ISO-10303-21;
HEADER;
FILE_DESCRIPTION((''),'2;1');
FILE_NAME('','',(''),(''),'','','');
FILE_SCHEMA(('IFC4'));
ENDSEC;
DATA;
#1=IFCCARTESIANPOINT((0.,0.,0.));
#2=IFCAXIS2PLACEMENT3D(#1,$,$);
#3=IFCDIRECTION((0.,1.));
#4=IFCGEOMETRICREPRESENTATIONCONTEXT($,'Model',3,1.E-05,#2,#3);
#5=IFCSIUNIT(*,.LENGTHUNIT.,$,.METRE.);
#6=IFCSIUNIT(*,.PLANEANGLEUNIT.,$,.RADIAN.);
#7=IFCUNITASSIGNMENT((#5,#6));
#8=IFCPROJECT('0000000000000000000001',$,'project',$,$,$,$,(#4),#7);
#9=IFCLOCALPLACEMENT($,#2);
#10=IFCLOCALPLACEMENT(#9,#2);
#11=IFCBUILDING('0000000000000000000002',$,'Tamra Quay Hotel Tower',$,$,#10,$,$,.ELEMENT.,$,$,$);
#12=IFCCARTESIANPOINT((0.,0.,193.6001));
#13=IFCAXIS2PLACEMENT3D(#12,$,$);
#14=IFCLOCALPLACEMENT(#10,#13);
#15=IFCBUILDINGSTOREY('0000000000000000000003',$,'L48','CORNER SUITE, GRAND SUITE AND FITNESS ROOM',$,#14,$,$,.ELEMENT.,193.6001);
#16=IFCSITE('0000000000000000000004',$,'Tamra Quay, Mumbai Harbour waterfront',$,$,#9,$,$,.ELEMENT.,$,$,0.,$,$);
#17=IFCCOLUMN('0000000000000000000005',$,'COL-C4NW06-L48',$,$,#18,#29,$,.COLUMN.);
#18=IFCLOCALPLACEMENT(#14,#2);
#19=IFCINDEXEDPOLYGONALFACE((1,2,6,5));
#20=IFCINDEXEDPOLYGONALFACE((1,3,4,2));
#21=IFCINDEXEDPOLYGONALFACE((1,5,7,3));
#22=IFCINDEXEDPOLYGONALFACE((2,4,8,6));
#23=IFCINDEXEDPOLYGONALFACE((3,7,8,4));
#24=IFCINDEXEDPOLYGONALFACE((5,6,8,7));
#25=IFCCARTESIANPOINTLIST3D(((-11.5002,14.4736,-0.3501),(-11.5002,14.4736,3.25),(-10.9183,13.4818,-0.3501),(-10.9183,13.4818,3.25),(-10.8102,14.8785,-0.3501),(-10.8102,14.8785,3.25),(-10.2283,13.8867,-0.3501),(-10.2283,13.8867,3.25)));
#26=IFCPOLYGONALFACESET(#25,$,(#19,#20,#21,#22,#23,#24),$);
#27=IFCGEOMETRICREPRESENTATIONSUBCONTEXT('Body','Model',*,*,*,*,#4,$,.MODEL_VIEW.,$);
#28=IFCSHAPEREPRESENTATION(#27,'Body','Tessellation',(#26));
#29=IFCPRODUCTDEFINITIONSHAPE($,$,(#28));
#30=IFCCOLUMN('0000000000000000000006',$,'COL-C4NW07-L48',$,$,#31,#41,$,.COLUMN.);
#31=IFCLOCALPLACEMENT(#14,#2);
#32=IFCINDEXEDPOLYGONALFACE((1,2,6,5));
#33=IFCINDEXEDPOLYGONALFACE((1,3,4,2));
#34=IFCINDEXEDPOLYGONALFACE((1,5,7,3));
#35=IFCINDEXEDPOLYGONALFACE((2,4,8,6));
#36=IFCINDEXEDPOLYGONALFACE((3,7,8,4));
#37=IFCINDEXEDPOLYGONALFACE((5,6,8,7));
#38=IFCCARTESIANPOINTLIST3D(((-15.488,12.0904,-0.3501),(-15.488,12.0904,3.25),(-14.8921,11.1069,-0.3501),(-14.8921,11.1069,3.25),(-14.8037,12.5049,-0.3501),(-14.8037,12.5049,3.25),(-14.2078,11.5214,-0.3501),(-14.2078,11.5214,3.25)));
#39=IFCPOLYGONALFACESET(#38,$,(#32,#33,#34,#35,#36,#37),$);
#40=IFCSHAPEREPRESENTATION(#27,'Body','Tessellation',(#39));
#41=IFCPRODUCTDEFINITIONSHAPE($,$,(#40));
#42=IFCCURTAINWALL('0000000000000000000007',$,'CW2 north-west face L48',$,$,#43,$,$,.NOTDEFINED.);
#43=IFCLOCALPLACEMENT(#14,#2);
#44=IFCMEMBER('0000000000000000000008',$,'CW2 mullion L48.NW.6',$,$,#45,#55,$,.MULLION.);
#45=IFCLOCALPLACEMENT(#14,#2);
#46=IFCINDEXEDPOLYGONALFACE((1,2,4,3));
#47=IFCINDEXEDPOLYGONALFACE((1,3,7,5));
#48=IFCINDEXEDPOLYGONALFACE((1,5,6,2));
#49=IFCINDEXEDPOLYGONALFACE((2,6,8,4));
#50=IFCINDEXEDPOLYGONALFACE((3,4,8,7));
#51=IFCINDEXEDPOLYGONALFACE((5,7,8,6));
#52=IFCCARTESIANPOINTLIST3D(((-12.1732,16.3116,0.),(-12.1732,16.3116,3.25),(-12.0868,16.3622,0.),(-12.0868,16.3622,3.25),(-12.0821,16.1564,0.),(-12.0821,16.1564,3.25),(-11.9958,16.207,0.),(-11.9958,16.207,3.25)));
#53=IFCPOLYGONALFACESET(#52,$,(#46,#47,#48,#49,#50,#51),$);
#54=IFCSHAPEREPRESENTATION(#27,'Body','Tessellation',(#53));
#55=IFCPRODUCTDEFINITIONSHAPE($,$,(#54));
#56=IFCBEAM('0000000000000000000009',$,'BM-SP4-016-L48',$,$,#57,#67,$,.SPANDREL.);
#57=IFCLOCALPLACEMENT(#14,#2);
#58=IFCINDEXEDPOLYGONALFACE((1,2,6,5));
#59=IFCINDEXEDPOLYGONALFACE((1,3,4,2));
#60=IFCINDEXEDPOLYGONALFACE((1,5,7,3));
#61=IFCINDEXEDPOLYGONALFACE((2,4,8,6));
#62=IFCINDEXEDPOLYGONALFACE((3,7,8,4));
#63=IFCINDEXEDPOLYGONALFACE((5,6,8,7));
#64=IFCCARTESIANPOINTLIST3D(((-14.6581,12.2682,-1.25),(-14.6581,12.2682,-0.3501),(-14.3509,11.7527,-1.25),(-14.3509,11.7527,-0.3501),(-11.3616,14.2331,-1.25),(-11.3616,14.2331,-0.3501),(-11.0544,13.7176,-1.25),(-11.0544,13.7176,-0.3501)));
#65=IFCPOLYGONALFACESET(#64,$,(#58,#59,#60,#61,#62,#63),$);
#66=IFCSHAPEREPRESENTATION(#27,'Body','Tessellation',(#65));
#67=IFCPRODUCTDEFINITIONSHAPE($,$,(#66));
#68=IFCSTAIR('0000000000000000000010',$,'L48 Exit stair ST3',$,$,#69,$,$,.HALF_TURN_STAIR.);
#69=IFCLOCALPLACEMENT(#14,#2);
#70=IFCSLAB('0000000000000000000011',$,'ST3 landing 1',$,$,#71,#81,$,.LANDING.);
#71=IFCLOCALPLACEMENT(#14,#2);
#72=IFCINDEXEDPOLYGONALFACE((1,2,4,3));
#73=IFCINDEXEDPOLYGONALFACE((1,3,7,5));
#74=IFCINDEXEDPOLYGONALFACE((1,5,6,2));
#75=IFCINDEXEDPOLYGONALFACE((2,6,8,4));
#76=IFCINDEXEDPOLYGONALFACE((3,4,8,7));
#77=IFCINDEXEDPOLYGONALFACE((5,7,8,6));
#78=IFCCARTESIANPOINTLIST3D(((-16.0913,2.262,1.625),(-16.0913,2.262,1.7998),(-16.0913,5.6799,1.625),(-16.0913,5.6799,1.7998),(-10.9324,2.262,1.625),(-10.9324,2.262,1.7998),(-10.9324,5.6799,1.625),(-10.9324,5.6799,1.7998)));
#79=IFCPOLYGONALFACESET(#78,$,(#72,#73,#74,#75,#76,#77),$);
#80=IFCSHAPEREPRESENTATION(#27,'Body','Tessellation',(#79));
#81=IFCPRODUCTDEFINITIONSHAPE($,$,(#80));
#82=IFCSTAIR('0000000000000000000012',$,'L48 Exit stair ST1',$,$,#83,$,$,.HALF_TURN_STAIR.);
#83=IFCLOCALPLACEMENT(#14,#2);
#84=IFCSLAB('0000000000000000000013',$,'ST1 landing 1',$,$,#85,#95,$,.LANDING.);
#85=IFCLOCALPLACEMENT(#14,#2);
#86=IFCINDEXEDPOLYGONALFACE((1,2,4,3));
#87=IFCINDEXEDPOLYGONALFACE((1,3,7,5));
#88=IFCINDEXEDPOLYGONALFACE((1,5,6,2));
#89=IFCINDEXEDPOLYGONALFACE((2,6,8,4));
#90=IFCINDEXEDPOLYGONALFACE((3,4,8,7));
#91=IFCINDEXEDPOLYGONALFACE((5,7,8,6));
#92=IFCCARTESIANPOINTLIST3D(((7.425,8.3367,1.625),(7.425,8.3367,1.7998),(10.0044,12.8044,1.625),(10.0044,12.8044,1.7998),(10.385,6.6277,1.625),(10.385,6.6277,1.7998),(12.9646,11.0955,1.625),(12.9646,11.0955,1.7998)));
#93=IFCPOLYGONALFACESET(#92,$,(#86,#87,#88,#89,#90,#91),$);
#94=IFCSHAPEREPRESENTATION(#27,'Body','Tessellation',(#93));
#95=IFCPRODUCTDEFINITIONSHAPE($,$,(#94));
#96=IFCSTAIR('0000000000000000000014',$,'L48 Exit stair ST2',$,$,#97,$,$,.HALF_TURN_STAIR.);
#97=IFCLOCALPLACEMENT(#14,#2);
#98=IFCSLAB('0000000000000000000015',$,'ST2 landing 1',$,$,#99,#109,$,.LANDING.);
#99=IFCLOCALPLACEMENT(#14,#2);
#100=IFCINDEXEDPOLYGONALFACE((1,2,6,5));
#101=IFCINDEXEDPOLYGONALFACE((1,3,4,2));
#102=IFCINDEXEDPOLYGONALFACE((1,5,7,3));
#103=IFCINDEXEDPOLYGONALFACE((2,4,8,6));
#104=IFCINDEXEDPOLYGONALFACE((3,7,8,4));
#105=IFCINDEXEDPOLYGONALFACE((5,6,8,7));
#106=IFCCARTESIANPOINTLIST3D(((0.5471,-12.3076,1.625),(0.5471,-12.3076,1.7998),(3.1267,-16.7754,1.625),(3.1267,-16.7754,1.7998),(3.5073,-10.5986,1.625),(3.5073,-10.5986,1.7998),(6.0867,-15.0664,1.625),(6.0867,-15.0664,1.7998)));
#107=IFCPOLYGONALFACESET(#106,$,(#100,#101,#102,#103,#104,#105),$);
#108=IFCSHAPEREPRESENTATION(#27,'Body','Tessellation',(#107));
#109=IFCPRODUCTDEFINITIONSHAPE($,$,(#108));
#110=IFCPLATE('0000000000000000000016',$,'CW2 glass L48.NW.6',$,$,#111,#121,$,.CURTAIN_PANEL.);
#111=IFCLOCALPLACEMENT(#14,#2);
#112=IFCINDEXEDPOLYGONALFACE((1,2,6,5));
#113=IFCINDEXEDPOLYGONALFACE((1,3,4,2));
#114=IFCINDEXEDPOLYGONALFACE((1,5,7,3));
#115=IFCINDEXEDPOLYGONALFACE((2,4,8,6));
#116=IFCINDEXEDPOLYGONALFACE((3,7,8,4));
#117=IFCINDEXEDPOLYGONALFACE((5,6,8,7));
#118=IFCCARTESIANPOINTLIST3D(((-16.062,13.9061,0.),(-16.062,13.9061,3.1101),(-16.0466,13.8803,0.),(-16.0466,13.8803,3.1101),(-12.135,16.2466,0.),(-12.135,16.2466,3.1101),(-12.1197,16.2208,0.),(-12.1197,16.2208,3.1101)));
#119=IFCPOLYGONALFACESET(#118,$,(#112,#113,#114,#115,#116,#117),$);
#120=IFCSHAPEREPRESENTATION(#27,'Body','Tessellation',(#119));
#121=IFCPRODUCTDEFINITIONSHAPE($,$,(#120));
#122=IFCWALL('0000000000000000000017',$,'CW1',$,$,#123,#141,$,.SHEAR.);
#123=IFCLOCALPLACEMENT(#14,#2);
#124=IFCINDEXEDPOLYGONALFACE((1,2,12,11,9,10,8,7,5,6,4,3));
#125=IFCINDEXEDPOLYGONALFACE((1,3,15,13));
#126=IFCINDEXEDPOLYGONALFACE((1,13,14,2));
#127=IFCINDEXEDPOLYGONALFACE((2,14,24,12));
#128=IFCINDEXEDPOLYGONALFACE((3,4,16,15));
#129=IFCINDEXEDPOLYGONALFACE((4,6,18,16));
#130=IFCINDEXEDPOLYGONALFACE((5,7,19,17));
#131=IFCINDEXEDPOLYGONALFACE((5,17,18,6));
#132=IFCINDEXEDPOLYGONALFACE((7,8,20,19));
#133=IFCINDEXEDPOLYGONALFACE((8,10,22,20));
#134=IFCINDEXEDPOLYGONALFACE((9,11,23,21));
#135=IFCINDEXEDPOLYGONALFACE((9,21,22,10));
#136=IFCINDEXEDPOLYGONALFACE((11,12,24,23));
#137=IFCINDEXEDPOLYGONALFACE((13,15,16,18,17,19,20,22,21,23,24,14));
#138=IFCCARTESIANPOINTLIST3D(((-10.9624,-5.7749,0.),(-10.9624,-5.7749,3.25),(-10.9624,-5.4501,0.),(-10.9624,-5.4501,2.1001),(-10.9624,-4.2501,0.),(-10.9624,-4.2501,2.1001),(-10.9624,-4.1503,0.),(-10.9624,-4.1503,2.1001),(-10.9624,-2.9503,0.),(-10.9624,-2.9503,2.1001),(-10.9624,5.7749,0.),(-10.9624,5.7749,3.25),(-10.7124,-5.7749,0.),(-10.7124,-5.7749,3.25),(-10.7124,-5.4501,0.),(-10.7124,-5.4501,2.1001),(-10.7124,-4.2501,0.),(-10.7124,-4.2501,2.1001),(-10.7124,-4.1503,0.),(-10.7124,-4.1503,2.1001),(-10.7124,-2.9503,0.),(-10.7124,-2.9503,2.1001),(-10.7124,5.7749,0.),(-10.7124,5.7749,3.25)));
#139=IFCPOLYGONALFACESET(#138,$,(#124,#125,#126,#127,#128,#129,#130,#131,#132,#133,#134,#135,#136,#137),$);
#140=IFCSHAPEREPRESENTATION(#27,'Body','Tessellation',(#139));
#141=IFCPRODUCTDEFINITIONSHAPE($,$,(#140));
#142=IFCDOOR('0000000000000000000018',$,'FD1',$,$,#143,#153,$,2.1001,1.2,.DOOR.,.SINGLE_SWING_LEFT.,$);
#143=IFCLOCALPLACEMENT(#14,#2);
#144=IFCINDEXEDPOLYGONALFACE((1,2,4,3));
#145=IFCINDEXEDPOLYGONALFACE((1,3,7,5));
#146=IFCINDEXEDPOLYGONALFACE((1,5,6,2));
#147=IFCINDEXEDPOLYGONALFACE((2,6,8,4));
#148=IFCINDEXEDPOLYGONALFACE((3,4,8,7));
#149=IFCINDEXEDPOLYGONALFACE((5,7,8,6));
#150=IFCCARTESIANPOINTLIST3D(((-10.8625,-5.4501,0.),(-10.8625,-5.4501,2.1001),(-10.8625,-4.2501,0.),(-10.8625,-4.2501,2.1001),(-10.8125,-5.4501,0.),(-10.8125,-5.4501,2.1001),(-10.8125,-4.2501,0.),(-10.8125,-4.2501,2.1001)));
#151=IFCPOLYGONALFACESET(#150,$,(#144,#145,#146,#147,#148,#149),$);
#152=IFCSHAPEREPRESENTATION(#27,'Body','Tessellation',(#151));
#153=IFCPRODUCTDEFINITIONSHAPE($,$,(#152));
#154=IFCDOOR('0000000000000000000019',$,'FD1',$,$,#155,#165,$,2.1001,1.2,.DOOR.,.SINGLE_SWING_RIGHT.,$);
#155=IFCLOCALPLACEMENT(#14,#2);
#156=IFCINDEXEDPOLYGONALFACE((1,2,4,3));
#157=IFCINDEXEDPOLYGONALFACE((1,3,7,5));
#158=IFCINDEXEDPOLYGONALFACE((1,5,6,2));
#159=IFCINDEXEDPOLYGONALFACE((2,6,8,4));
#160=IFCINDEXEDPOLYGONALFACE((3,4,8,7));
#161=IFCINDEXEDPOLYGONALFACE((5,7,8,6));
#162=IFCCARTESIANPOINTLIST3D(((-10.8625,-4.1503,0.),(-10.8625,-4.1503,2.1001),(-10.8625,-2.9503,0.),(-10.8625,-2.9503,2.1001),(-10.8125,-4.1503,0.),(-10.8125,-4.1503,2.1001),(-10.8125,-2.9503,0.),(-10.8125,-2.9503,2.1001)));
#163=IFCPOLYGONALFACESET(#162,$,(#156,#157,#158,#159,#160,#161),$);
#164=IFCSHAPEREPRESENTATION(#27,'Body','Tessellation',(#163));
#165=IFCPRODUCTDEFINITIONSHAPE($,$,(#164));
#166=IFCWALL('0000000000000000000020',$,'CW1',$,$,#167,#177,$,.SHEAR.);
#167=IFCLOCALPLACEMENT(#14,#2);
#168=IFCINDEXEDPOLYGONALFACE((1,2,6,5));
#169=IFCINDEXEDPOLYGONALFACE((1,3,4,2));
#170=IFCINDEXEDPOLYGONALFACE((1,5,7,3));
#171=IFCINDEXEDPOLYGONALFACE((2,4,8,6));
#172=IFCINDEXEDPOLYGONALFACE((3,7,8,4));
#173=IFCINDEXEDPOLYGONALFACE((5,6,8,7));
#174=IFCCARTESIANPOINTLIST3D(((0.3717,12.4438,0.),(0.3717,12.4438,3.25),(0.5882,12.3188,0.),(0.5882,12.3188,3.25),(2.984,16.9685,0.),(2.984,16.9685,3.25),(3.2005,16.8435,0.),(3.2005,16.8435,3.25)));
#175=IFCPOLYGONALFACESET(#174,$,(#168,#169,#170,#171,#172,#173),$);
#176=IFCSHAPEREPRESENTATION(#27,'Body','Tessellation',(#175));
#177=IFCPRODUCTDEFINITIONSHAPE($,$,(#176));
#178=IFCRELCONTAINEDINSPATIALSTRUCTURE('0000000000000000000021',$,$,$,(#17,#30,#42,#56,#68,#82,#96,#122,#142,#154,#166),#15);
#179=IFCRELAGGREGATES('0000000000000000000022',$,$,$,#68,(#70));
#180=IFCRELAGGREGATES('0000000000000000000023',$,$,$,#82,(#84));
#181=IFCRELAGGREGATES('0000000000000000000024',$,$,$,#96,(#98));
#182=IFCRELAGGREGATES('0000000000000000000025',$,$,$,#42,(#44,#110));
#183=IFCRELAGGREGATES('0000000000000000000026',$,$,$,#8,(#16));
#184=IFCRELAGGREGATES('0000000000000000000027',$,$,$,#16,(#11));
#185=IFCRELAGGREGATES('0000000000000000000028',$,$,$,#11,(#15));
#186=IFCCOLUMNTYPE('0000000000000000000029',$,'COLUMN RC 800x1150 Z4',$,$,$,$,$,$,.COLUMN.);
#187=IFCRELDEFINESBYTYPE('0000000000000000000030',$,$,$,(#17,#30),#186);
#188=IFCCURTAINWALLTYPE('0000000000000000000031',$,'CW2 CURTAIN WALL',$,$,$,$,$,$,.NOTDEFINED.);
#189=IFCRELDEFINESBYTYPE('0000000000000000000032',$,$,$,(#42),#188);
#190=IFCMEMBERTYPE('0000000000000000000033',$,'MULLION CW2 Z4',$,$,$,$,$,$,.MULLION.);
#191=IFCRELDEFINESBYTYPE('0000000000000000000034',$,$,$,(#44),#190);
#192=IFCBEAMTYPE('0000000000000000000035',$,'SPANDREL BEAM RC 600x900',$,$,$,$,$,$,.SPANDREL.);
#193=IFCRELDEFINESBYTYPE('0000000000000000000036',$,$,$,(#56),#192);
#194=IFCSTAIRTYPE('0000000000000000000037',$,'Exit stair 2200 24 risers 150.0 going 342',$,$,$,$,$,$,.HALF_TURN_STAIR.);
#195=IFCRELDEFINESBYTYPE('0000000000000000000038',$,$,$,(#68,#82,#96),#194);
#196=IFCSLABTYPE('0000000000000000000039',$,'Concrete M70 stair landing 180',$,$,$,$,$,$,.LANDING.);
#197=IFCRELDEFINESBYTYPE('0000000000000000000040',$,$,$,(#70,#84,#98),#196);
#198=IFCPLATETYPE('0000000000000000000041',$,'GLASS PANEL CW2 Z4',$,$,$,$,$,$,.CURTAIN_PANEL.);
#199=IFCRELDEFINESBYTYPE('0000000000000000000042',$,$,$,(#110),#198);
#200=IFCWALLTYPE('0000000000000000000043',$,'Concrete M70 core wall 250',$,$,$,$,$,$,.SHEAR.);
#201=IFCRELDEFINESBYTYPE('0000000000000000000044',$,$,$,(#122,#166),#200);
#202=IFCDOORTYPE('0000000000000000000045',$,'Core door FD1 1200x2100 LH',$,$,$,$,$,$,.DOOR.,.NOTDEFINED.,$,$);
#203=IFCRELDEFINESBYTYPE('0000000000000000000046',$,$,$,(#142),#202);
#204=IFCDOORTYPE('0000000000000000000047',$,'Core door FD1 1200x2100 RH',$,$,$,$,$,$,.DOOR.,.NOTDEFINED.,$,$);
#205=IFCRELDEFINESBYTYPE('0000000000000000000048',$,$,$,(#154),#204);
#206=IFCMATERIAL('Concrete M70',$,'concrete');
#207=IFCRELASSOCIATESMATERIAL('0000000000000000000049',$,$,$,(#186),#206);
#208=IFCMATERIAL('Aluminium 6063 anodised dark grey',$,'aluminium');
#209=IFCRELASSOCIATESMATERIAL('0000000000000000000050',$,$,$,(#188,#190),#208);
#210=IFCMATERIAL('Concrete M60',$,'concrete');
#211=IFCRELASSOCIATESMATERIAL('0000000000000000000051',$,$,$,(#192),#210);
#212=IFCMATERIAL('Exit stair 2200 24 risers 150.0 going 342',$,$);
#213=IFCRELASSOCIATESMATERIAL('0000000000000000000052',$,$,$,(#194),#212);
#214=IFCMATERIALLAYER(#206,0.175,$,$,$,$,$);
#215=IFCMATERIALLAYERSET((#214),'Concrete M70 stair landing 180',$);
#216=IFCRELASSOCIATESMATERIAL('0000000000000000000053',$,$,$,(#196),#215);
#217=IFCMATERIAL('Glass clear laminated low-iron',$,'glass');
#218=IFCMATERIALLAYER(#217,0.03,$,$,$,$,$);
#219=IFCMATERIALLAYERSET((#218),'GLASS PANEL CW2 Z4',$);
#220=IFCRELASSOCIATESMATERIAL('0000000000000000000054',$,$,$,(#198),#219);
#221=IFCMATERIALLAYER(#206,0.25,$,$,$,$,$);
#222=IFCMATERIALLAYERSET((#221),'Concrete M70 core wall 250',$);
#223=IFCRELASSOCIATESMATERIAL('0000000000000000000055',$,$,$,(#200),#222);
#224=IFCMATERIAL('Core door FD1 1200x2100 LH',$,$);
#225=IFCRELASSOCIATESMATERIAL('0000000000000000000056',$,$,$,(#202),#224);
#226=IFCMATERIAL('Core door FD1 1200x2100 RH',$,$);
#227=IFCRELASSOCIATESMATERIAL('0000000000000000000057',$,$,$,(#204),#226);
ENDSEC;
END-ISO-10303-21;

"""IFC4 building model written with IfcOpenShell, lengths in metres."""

from ifc_helpers import new_model, si_unit, direction, frame, frame_2d, origin, origin_2d, place, context, subcontext, project, spatial, polyline, rectangle, outline, extrude, material, layer, layer_set, material_profile, profile_set, type_object, element, fill, aggregate, save


model = new_model("IFC4")

# Units and contexts
model_context = context("Model", 3, precision=1e-05, world=origin(), true_north=direction((0.0, 1.0)))
body_context = subcontext(model_context, "Body", "Model", "MODEL_VIEW")
ifc_project = project(units=[si_unit("LENGTHUNIT", "METRE"), si_unit("PLANEANGLEUNIT", "RADIAN")], contexts=[model_context])

# Site, building, storey
site_placement = place(None, origin())
site = spatial("IfcSite", under=ifc_project, at=site_placement, Name="Tamra Quay, Mumbai Harbour waterfront", CompositionType="ELEMENT", RefElevation=0.0)
building_placement = place(site_placement, origin())
building = spatial("IfcBuilding", under=site, at=building_placement, Name="Tamra Quay Hotel Tower", CompositionType="ELEMENT")
storey_placement = place(building_placement, frame((0.0, 0.0, 193.6001)))
storey = spatial("IfcBuildingStorey", under=building, at=storey_placement, Name="L48", Description="CORNER SUITE, GRAND SUITE AND FITNESS ROOM", CompositionType="ELEMENT", Elevation=193.6001)

# Columns
ifc_material_1 = material(Name="Concrete M70", Category="concrete")
ifc_material_profile_1 = material_profile(ifc_material_1, rectangle(XDim=1.1499, YDim=0.8, at=origin_2d()), Name="COLUMN RC 800x1150 Z4")
ifc_profile_set_1 = profile_set([ifc_material_profile_1], Name="Concrete M70")
column_type = type_object("IfcColumnType", Name="COLUMN RC 800x1150 Z4", PredefinedType="COLUMN", material=ifc_profile_set_1)
for number, where, z_axis, x_axis, name in (
    (1, (-10.8643, 14.1802, -0.3501), (0.0, 0.0, 1.0), (-0.506085, 0.862484, 0.0), "COL-C4NW06-L48"),
    (2, (-14.8479, 11.8059, -0.3501), (0.0, 0.0, 1.0), (-0.518175, 0.855275, 0.0), "COL-C4NW07-L48"),
):
    element("IfcColumn", number, at=place(storey_placement, frame(where, z_axis=z_axis, x_axis=x_axis)), inside=storey, type_object=column_type, Name=name, PredefinedType="COLUMN", context=body_context, shape_type="SweptSolid", body=[
        extrude(rectangle(XDim=1.1499, YDim=0.8, at=origin_2d()), origin(), (0.0, 0.0, 1.0), 3.6001),
    ])

# Curtain wall, member
ifc_material_2 = material(Name="Aluminium 6063 anodised dark grey", Category="aluminium")
curtain_wall_type = type_object("IfcCurtainWallType", Name="CW2 CURTAIN WALL", PredefinedType="NOTDEFINED", material=ifc_material_2)
curtain_wall_placement = place(storey_placement, origin())
curtain_wall = element("IfcCurtainWall", 3, at=curtain_wall_placement, inside=storey, type_object=curtain_wall_type, Name="CW2 north-west face L48", PredefinedType="NOTDEFINED")
ifc_material_profile_2 = material_profile(ifc_material_2, rectangle(XDim=0.1799, YDim=0.1001, at=origin_2d()), Name="MULLION 100X180")
ifc_profile_set_2 = profile_set([ifc_material_profile_2], Name="Aluminium 6063 anodised dark grey")
member_type = type_object("IfcMemberType", Name="MULLION CW2 Z4", PredefinedType="MULLION", material=ifc_profile_set_2)
member_placement = place(storey_placement, frame((-12.0845, 16.2593, 0.0), z_axis=(0.0, 0.0, 1.0), x_axis=(-0.506001, 0.862533, 0.0)))
member = element("IfcMember", 4, at=member_placement, type_object=member_type, Name="CW2 mullion L48.NW.6", PredefinedType="MULLION", context=body_context, shape_type="SweptSolid", body=[
    extrude(rectangle(XDim=0.1799, YDim=0.1001, at=origin_2d()), origin(), (0.0, 0.0, 1.0), 3.25),
])

# Beam
ifc_material_3 = material(Name="Concrete M60", Category="concrete")
ifc_material_profile_3 = material_profile(ifc_material_3, rectangle(XDim=0.6001, YDim=0.8999, at=origin_2d()), Name="SPANDREL BEAM RC 600x900")
ifc_profile_set_3 = profile_set([ifc_material_profile_3], Name="Concrete M60")
beam_type = type_object("IfcBeamType", Name="SPANDREL BEAM RC 600x900", PredefinedType="SPANDREL", material=ifc_profile_set_3)
beam_placement = place(storey_placement, frame((-11.208, 13.9753, -0.8), z_axis=(-0.858982, -0.512005, 0.0), x_axis=(0.512005, -0.858982, 0.0)))
element("IfcBeam", 5, at=beam_placement, inside=storey, type_object=beam_type, Name="BM-SP4-016-L48", PredefinedType="SPANDREL", context=body_context, shape_type="SweptSolid", body=[
    extrude(rectangle(XDim=0.6001, YDim=0.8999, at=origin_2d()), origin(), (0.0, 0.0, 1.0), 3.8376),
])

# Stairs, slabs
ifc_material_4 = material(Name="Exit stair 2200 24 risers 150.0 going 342")
stair_type = type_object("IfcStairType", Name="Exit stair 2200 24 risers 150.0 going 342", PredefinedType="HALF_TURN_STAIR", material=ifc_material_4)
stair_1_placement = place(storey_placement, origin())
stair_1 = element("IfcStair", 6, at=stair_1_placement, inside=storey, type_object=stair_type, Name="L48 Exit stair ST3", PredefinedType="HALF_TURN_STAIR")
ifc_layer_1 = layer(ifc_material_1, 0.175)
ifc_layer_set_1 = layer_set([ifc_layer_1], Name="Concrete M70 stair landing 180")
slab_type = type_object("IfcSlabType", Name="Concrete M70 stair landing 180", PredefinedType="LANDING", material=ifc_layer_set_1)
slab_1_placement = place(storey_placement, frame((0.0, 0.0, 1.625)))
slab_1 = element("IfcSlab", 7, at=slab_1_placement, type_object=slab_type, Name="ST3 landing 1", PredefinedType="LANDING", context=body_context, shape_type="SweptSolid", body=[
    extrude(outline(polyline([(-10.9324, 2.262), (-10.9324, 5.6799), (-16.0913, 5.6799), (-16.0913, 2.262), (-10.9324, 2.262)])), origin(), (0.0, 0.0, 1.0), 0.1748),
])
aggregate(stair_1, [slab_1])
stair_2_placement = place(storey_placement, origin())
stair_2 = element("IfcStair", 8, at=stair_2_placement, inside=storey, type_object=stair_type, Name="L48 Exit stair ST1", PredefinedType="HALF_TURN_STAIR")
slab_2_placement = place(storey_placement, frame((0.0, 0.0, 1.625)))
slab_2 = element("IfcSlab", 9, at=slab_2_placement, type_object=slab_type, Name="ST1 landing 1", PredefinedType="LANDING", context=body_context, shape_type="SweptSolid", body=[
    extrude(outline(polyline([(7.425, 8.3367), (10.385, 6.6277), (12.9646, 11.0955), (10.0044, 12.8044), (7.425, 8.3367)])), origin(), (0.0, 0.0, 1.0), 0.1748),
])
aggregate(stair_2, [slab_2])
stair_3_placement = place(storey_placement, origin())
stair_3 = element("IfcStair", 10, at=stair_3_placement, inside=storey, type_object=stair_type, Name="L48 Exit stair ST2", PredefinedType="HALF_TURN_STAIR")
slab_3_placement = place(storey_placement, frame((0.0, 0.0, 1.625)))
slab_3 = element("IfcSlab", 11, at=slab_3_placement, type_object=slab_type, Name="ST2 landing 1", PredefinedType="LANDING", context=body_context, shape_type="SweptSolid", body=[
    extrude(outline(polyline([(3.5073, -10.5986), (0.5471, -12.3076), (3.1267, -16.7754), (6.0867, -15.0664), (3.5073, -10.5986)])), origin(), (0.0, 0.0, 1.0), 0.1748),
])
aggregate(stair_3, [slab_3])

# Plate
ifc_material_5 = material(Name="Glass clear laminated low-iron", Category="glass")
ifc_layer_2 = layer(ifc_material_5, 0.03)
ifc_layer_set_2 = layer_set([ifc_layer_2], Name="GLASS PANEL CW2 Z4")
plate_type = type_object("IfcPlateType", Name="GLASS PANEL CW2 Z4", PredefinedType="CURTAIN_PANEL", material=ifc_layer_set_2)
plate_placement = place(storey_placement, frame((-14.0908, 15.0635, 0.0), z_axis=(0.0, 0.0, 1.0), x_axis=(-0.858999, -0.511978, 0.0)))
plate = element("IfcPlate", 12, at=plate_placement, type_object=plate_type, Name="CW2 glass L48.NW.6", PredefinedType="CURTAIN_PANEL", context=body_context, shape_type="SweptSolid", body=[
    extrude(rectangle(XDim=4.5715, YDim=0.03, at=origin_2d()), origin(), (0.0, 0.0, 1.0), 3.1101),
])
aggregate(curtain_wall, [member, plate])

# Wall, openings, doors
ifc_layer_3 = layer(ifc_material_1, 0.25)
ifc_layer_set_3 = layer_set([ifc_layer_3], Name="Concrete M70 core wall 250")
wall_type_1 = type_object("IfcWallType", Name="Concrete M70 core wall 250", PredefinedType="SHEAR", material=ifc_layer_set_3)
wall_1_placement = place(storey_placement, frame((-10.8374, 5.7749, 0.0), z_axis=(0.0, 0.0, 1.0), x_axis=(0.0, -1.0, 0.0)))
wall_1 = element("IfcWall", 13, at=wall_1_placement, inside=storey, type_object=wall_type_1, Name="CW1", PredefinedType="SHEAR", context=body_context, shape_type="SweptSolid", body=[
    extrude(rectangle(XDim=11.5498, YDim=0.25, at=frame_2d((5.7749, 0.0))), origin(), (0.0, 0.0, 1.0), 3.25),
])
opening_1_placement = place(wall_1_placement, frame((10.0249, 0.0, 0.0)))
opening_1 = element("IfcOpeningElement", 14, at=opening_1_placement, cuts=wall_1, PredefinedType="OPENING", context=body_context, shape_type="SweptSolid", body=[
    extrude(rectangle(XDim=1.2, YDim=2.1001, at=frame_2d((0.6001, 1.05))), frame((0.0, 0.135, 0.0), z_axis=(0.0, -1.0, 0.0), x_axis=(1.0, 0.0, 0.0)), (0.0, 0.0, 1.0), 0.27),
])
opening_2_placement = place(wall_1_placement, frame((8.7251, 0.0, 0.0)))
opening_2 = element("IfcOpeningElement", 15, at=opening_2_placement, cuts=wall_1, PredefinedType="OPENING", context=body_context, shape_type="SweptSolid", body=[
    extrude(rectangle(XDim=1.2, YDim=2.1001, at=frame_2d((0.6001, 1.05))), frame((0.0, 0.135, 0.0), z_axis=(0.0, -1.0, 0.0), x_axis=(1.0, 0.0, 0.0)), (0.0, 0.0, 1.0), 0.27),
])
ifc_material_6 = material(Name="Core door FD1 1200x2100 LH")
door_type_1 = type_object("IfcDoorType", Name="Core door FD1 1200x2100 LH", OperationType="NOTDEFINED", PredefinedType="DOOR", material=ifc_material_6)
door_1_placement = place(opening_1_placement, origin())
door_1 = element("IfcDoor", 16, at=door_1_placement, inside=storey, type_object=door_type_1, Name="FD1", OperationType="SINGLE_SWING_LEFT", OverallHeight=2.1001, OverallWidth=1.2, PredefinedType="DOOR", context=body_context, shape_type="SweptSolid", body=[
    extrude(rectangle(XDim=1.2, YDim=2.1001, at=frame_2d((0.6001, 1.05))), frame((0.0, 0.0249, 0.0), z_axis=(0.0, -1.0, 0.0), x_axis=(1.0, 0.0, 0.0)), (0.0, 0.0, 1.0), 0.05),
])
fill(opening_1, door_1)
ifc_material_7 = material(Name="Core door FD1 1200x2100 RH")
door_type_2 = type_object("IfcDoorType", Name="Core door FD1 1200x2100 RH", OperationType="NOTDEFINED", PredefinedType="DOOR", material=ifc_material_7)
door_2_placement = place(opening_2_placement, origin())
door_2 = element("IfcDoor", 17, at=door_2_placement, inside=storey, type_object=door_type_2, Name="FD1", OperationType="SINGLE_SWING_RIGHT", OverallHeight=2.1001, OverallWidth=1.2, PredefinedType="DOOR", context=body_context, shape_type="SweptSolid", body=[
    extrude(rectangle(XDim=1.2, YDim=2.1001, at=frame_2d((0.6001, 1.05))), frame((0.0, 0.0249, 0.0), z_axis=(0.0, -1.0, 0.0), x_axis=(1.0, 0.0, 0.0)), (0.0, 0.0, 1.0), 0.05),
])
fill(opening_2, door_2)

# Wall
wall_2_placement = place(storey_placement, frame((0.48, 12.3813, 0.0), z_axis=(0.0, 0.0, 1.0), x_axis=(0.499999, 0.866026, 0.0)))
element("IfcWall", 18, at=wall_2_placement, inside=storey, type_object=wall_type_1, Name="CW1", PredefinedType="SHEAR", context=body_context, shape_type="SweptSolid", body=[
    extrude(rectangle(XDim=5.2246, YDim=0.25, at=frame_2d((2.6123, 0.0))), origin(), (0.0, 0.0, 1.0), 3.25),
])

save(model, "model.ifc")
